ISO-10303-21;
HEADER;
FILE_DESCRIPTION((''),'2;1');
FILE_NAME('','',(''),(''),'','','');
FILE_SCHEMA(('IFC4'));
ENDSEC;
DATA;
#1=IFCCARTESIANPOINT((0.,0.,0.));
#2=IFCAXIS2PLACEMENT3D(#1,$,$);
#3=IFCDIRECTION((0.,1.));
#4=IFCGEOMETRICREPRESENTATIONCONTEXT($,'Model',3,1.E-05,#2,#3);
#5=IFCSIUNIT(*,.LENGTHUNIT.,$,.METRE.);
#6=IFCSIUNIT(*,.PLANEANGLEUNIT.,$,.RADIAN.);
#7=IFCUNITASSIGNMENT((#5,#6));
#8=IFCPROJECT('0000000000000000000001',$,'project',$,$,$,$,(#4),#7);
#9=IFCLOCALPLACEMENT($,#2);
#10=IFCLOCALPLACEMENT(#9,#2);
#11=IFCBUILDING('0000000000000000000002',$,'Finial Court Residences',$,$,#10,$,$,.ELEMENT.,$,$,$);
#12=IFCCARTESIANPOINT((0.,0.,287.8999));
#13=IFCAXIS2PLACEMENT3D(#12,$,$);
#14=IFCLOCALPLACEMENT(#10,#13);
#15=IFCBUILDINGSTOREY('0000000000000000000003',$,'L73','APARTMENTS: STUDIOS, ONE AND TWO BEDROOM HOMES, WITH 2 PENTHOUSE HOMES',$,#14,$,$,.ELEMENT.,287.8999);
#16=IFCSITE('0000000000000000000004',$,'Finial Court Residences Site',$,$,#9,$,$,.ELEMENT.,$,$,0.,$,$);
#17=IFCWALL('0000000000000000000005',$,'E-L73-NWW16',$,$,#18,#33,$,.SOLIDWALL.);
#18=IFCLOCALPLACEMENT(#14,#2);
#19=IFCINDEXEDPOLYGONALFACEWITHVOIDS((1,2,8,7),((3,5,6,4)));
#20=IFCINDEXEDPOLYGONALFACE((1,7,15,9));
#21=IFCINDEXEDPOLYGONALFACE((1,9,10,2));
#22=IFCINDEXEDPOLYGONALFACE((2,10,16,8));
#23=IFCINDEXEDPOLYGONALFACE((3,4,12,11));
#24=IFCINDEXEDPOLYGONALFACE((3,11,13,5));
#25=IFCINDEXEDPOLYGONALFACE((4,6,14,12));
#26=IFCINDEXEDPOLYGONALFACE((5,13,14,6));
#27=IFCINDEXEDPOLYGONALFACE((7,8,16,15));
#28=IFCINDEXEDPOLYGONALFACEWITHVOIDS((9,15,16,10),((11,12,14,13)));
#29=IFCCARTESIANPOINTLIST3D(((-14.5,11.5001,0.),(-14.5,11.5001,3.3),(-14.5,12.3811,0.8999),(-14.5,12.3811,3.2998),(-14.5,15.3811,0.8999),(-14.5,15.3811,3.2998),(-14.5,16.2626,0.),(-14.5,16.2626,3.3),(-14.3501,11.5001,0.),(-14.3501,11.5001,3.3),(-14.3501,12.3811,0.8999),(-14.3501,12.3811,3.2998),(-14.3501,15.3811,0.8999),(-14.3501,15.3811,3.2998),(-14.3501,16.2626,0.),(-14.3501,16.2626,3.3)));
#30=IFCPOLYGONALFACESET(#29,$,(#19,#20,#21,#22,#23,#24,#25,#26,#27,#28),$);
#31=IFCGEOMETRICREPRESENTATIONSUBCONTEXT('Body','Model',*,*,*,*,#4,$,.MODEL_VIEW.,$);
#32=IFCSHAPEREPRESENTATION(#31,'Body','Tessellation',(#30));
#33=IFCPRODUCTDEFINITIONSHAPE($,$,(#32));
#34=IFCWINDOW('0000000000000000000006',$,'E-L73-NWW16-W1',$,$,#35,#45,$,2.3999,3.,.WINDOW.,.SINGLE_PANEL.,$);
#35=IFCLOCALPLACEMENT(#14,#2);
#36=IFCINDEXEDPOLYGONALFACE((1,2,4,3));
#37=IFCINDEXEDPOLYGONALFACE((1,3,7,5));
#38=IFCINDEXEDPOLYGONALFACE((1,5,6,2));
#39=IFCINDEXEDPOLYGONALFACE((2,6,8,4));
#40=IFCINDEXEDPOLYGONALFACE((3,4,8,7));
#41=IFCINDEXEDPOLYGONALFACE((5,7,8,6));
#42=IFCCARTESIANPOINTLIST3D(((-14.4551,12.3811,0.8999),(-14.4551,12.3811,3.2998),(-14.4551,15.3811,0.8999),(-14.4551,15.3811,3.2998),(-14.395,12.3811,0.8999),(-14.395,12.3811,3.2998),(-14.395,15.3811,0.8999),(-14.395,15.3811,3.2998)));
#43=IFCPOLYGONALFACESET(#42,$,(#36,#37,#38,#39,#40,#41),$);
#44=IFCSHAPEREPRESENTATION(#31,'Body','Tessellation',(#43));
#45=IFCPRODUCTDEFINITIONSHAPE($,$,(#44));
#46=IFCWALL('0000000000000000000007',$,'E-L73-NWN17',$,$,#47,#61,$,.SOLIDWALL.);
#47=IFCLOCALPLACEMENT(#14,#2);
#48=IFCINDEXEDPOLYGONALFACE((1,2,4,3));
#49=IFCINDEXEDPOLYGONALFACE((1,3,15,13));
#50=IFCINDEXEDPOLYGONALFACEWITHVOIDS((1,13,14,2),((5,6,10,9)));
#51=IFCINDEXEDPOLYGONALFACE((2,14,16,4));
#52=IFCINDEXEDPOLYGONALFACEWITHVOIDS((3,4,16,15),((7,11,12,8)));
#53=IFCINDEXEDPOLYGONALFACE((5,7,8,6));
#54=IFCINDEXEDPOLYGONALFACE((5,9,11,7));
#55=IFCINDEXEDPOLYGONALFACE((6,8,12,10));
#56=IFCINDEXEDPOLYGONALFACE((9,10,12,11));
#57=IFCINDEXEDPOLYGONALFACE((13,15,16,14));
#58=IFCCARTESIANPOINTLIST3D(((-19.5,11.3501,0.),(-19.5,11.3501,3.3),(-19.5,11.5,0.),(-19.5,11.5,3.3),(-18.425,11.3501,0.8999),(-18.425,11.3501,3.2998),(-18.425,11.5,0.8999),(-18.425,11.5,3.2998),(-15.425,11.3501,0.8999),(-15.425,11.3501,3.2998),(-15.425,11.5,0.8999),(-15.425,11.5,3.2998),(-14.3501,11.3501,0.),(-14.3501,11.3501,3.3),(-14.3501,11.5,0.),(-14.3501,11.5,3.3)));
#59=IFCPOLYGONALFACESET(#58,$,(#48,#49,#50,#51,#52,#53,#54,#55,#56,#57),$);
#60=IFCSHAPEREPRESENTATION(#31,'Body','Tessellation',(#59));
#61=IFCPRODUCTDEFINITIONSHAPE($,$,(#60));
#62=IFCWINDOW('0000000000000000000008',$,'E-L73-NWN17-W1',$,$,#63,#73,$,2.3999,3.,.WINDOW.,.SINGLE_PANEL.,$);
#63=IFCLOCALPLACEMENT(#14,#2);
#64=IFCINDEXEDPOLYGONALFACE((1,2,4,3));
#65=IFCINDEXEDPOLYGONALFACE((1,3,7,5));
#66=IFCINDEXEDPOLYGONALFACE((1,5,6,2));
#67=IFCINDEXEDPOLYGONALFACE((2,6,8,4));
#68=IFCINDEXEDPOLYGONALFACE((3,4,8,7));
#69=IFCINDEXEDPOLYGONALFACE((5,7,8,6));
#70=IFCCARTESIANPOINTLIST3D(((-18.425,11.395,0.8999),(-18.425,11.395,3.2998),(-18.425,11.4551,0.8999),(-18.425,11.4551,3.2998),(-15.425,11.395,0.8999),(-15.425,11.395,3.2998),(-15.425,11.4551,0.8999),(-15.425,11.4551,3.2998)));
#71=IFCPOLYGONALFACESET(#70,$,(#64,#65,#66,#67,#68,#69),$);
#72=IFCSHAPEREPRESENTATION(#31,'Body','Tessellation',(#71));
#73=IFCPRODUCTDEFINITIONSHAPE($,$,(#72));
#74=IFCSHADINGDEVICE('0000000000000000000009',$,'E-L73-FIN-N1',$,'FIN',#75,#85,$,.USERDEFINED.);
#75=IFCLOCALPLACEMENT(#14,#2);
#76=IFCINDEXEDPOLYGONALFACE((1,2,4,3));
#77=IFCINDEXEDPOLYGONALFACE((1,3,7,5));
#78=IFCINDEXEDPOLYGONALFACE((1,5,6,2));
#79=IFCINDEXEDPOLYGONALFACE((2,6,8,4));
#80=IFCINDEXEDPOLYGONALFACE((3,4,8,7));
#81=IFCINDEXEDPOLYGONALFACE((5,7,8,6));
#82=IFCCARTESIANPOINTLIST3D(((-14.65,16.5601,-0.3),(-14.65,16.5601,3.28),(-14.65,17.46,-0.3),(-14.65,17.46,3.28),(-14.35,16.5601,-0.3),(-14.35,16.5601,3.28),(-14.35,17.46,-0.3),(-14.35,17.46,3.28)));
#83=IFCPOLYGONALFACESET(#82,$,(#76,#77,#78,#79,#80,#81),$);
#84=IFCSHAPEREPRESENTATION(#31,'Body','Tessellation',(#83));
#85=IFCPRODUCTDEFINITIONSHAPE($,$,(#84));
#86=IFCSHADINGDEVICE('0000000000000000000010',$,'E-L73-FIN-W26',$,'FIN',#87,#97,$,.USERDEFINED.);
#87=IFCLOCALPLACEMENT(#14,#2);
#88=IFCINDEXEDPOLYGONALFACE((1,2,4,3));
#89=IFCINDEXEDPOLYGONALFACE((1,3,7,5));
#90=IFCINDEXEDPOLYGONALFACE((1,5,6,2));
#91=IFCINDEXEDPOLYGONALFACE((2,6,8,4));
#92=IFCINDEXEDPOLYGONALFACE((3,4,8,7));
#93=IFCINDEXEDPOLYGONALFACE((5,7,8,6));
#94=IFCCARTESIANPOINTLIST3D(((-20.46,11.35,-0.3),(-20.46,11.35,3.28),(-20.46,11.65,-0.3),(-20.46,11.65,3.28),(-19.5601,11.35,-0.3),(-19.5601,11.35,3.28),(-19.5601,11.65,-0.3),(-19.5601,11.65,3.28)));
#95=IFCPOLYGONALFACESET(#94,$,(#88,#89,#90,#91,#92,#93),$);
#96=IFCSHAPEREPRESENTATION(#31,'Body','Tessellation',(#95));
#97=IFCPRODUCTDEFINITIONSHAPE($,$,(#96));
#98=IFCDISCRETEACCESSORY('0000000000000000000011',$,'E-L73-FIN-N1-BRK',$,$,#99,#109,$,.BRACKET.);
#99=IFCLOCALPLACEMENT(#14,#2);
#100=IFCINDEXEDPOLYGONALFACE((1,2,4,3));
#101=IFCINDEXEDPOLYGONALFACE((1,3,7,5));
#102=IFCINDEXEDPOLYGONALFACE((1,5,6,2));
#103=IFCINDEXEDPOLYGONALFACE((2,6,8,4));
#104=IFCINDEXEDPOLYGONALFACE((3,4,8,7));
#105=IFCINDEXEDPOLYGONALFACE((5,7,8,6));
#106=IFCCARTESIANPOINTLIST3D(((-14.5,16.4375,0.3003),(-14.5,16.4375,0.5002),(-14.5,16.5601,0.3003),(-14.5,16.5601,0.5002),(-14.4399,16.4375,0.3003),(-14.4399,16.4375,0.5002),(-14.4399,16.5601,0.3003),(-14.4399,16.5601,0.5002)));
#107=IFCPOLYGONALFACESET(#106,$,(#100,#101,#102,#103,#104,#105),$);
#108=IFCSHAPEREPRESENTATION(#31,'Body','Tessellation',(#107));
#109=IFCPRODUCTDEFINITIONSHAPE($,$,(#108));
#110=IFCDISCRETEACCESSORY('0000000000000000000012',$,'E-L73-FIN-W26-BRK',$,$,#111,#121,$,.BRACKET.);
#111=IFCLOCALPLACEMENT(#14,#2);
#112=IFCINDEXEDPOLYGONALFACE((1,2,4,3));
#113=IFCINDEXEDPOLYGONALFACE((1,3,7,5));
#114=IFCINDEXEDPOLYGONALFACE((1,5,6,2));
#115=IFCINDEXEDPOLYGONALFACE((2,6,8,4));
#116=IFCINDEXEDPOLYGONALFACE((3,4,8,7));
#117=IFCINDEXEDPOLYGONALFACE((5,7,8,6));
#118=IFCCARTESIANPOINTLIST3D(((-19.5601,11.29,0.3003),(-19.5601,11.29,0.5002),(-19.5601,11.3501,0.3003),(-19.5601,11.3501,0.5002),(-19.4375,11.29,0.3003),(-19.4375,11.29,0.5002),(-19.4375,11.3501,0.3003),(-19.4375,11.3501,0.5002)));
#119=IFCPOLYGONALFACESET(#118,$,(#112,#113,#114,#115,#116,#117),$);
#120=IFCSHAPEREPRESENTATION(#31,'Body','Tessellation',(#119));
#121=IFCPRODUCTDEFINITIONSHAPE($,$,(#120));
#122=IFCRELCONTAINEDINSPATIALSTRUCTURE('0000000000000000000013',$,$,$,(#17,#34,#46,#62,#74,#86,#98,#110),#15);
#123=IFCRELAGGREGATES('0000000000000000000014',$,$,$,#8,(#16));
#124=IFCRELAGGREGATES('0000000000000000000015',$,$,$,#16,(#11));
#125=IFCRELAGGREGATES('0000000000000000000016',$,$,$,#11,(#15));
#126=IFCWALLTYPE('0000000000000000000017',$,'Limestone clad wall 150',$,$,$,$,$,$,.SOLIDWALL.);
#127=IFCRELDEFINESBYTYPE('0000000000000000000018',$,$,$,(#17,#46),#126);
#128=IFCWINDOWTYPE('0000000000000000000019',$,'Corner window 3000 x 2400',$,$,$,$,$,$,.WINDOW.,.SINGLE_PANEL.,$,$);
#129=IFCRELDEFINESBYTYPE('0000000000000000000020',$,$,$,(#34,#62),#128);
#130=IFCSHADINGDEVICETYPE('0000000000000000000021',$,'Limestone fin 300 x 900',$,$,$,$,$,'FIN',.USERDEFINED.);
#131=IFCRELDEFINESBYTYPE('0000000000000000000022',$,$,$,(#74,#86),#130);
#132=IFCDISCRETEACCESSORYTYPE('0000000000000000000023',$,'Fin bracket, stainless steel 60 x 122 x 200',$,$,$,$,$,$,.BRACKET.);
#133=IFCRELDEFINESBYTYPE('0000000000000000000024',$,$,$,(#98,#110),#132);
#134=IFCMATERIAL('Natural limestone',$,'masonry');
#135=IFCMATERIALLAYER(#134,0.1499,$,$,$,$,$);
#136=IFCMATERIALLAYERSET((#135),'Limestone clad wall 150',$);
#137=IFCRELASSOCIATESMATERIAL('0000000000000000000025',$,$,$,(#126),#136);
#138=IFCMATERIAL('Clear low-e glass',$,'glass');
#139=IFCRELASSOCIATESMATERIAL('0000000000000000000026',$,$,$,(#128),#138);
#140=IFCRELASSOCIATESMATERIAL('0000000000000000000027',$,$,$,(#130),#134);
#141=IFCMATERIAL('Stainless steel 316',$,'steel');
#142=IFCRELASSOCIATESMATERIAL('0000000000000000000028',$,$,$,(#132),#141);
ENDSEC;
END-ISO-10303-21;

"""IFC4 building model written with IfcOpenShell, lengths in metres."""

from ifc_helpers import new_model, si_unit, direction, frame, frame_2d, origin, origin_2d, place, context, subcontext, project, spatial, rectangle, extrude, material, layer, layer_set, type_object, element, fill, save


model = new_model("IFC4")

# Units and contexts
model_context = context("Model", 3, precision=1e-05, world=origin(), true_north=direction((0.0, 1.0)))
body_context = subcontext(model_context, "Body", "Model", "MODEL_VIEW")
ifc_project = project(units=[si_unit("LENGTHUNIT", "METRE"), si_unit("PLANEANGLEUNIT", "RADIAN")], contexts=[model_context])

# Site, building, storey
site_placement = place(None, origin())
site = spatial("IfcSite", under=ifc_project, at=site_placement, Name="Finial Court Residences Site", CompositionType="ELEMENT", RefElevation=0.0)
building_placement = place(site_placement, origin())
building = spatial("IfcBuilding", under=site, at=building_placement, Name="Finial Court Residences", CompositionType="ELEMENT")
storey_placement = place(building_placement, frame((0.0, 0.0, 287.8999)))
storey = spatial("IfcBuildingStorey", under=building, at=storey_placement, Name="L73", Description="APARTMENTS: STUDIOS, ONE AND TWO BEDROOM HOMES, WITH 2 PENTHOUSE HOMES", CompositionType="ELEMENT", Elevation=287.8999)

# Shared definitions
ifc_material_1 = material(Name="Clear low-e glass", Category="glass")

# Walls, openings, windows
ifc_material_2 = material(Name="Natural limestone", Category="masonry")
ifc_layer_1 = layer(ifc_material_2, 0.1499)
ifc_layer_set_1 = layer_set([ifc_layer_1], Name="Limestone clad wall 150")
wall_type_1 = type_object("IfcWallType", Name="Limestone clad wall 150", PredefinedType="SOLIDWALL", material=ifc_layer_set_1)
wall_1_placement = place(storey_placement, frame((-14.425, 11.5, 0.0), z_axis=(0.0, 0.0, 1.0), x_axis=(0.0, 1.0, 0.0)))
wall_1 = element("IfcWall", 1, at=wall_1_placement, inside=storey, type_object=wall_type_1, Name="E-L73-NWW16", PredefinedType="SOLIDWALL", context=body_context, shape_type="SweptSolid", body=[
    extrude(rectangle(XDim=4.7625, YDim=0.1499, at=frame_2d((2.3813, 0.0))), origin(), (0.0, 0.0, 1.0), 3.3),
])
opening_1_placement = place(wall_1_placement, frame((0.8811, 0.0, 0.8999)))
opening_1 = element("IfcOpeningElement", 2, at=opening_1_placement, cuts=wall_1, PredefinedType="OPENING", context=body_context, shape_type="SweptSolid", body=[
    extrude(rectangle(XDim=3.0, YDim=2.3999, at=frame_2d((1.5, 1.2))), frame((0.0, 0.085, 0.0), z_axis=(0.0, -1.0, 0.0), x_axis=(1.0, 0.0, 0.0)), (0.0, 0.0, 1.0), 0.1699),
])
window_type = type_object("IfcWindowType", Name="Corner window 3000 x 2400", PartitioningType="SINGLE_PANEL", PredefinedType="WINDOW", material=ifc_material_1)
window_1_placement = place(opening_1_placement, origin())
window_1 = element("IfcWindow", 3, at=window_1_placement, inside=storey, type_object=window_type, Name="E-L73-NWW16-W1", OverallHeight=2.3999, OverallWidth=3.0, PartitioningType="SINGLE_PANEL", PredefinedType="WINDOW", context=body_context, shape_type="SweptSolid", body=[
    extrude(rectangle(XDim=3.0, YDim=2.3999, at=frame_2d((1.5, 1.2))), frame((0.0, 0.03, 0.0), z_axis=(0.0, -1.0, 0.0), x_axis=(1.0, 0.0, 0.0)), (0.0, 0.0, 1.0), 0.0601),
])
fill(opening_1, window_1)
wall_2_placement = place(storey_placement, frame((-19.5, 11.425, 0.0), z_axis=(0.0, 0.0, 1.0), x_axis=(1.0, 0.0, 0.0)))
wall_2 = element("IfcWall", 4, at=wall_2_placement, inside=storey, type_object=wall_type_1, Name="E-L73-NWN17", PredefinedType="SOLIDWALL", context=body_context, shape_type="SweptSolid", body=[
    extrude(rectangle(XDim=5.1499, YDim=0.1499, at=frame_2d((2.575, 0.0))), origin(), (0.0, 0.0, 1.0), 3.3),
])
opening_2_placement = place(wall_2_placement, frame((1.075, 0.0, 0.8999)))
opening_2 = element("IfcOpeningElement", 5, at=opening_2_placement, cuts=wall_2, PredefinedType="OPENING", context=body_context, shape_type="SweptSolid", body=[
    extrude(rectangle(XDim=3.0, YDim=2.3999, at=frame_2d((1.5, 1.2))), frame((0.0, 0.085, 0.0), z_axis=(0.0, -1.0, 0.0), x_axis=(1.0, 0.0, 0.0)), (0.0, 0.0, 1.0), 0.1699),
])
window_2_placement = place(opening_2_placement, origin())
window_2 = element("IfcWindow", 6, at=window_2_placement, inside=storey, type_object=window_type, Name="E-L73-NWN17-W1", OverallHeight=2.3999, OverallWidth=3.0, PartitioningType="SINGLE_PANEL", PredefinedType="WINDOW", context=body_context, shape_type="SweptSolid", body=[
    extrude(rectangle(XDim=3.0, YDim=2.3999, at=frame_2d((1.5, 1.2))), frame((0.0, 0.03, 0.0), z_axis=(0.0, -1.0, 0.0), x_axis=(1.0, 0.0, 0.0)), (0.0, 0.0, 1.0), 0.0601),
])
fill(opening_2, window_2)

# Shading devices
shading_device_type = type_object("IfcShadingDeviceType", Name="Limestone fin 300 x 900", ElementType="FIN", PredefinedType="USERDEFINED", material=ifc_material_2)
shading_device_1_placement = place(storey_placement, frame((-14.5, 17.01, -0.3), z_axis=(0.0, 0.0, 1.0), x_axis=(1.0, 0.0, 0.0)))
element("IfcShadingDevice", 7, at=shading_device_1_placement, inside=storey, type_object=shading_device_type, Name="E-L73-FIN-N1", ObjectType="FIN", PredefinedType="USERDEFINED", context=body_context, shape_type="SweptSolid", body=[
    extrude(rectangle(XDim=0.3, YDim=0.8999, at=origin_2d()), origin(), (0.0, 0.0, 1.0), 3.5801),
])
shading_device_2_placement = place(storey_placement, frame((-20.01, 11.5, -0.3), z_axis=(0.0, 0.0, 1.0), x_axis=(1.0, 0.0, 0.0)))
element("IfcShadingDevice", 8, at=shading_device_2_placement, inside=storey, type_object=shading_device_type, Name="E-L73-FIN-W26", ObjectType="FIN", PredefinedType="USERDEFINED", context=body_context, shape_type="SweptSolid", body=[
    extrude(rectangle(XDim=0.8999, YDim=0.3, at=origin_2d()), origin(), (0.0, 0.0, 1.0), 3.5801),
])

# Discrete accessories
ifc_material_3 = material(Name="Stainless steel 316", Category="steel")
discrete_accessory_type = type_object("IfcDiscreteAccessoryType", Name="Fin bracket, stainless steel 60 x 122 x 200", PredefinedType="BRACKET", material=ifc_material_3)
discrete_accessory_1_placement = place(storey_placement, frame((-14.47, 16.4988, 0.3003), z_axis=(0.0, 0.0, 1.0), x_axis=(1.0, 0.0, 0.0)))
element("IfcDiscreteAccessory", 9, at=discrete_accessory_1_placement, inside=storey, type_object=discrete_accessory_type, Name="E-L73-FIN-N1-BRK", PredefinedType="BRACKET", context=body_context, shape_type="SweptSolid", body=[
    extrude(rectangle(XDim=0.0601, YDim=0.1226, at=origin_2d()), origin(), (0.0, 0.0, 1.0), 0.2),
])
discrete_accessory_2_placement = place(storey_placement, frame((-19.4988, 11.3201, 0.3003), z_axis=(0.0, 0.0, 1.0), x_axis=(1.0, 0.0, 0.0)))
element("IfcDiscreteAccessory", 10, at=discrete_accessory_2_placement, inside=storey, type_object=discrete_accessory_type, Name="E-L73-FIN-W26-BRK", PredefinedType="BRACKET", context=body_context, shape_type="SweptSolid", body=[
    extrude(rectangle(XDim=0.1226, YDim=0.0601, at=origin_2d()), origin(), (0.0, 0.0, 1.0), 0.2),
])

save(model, "model.ifc")
